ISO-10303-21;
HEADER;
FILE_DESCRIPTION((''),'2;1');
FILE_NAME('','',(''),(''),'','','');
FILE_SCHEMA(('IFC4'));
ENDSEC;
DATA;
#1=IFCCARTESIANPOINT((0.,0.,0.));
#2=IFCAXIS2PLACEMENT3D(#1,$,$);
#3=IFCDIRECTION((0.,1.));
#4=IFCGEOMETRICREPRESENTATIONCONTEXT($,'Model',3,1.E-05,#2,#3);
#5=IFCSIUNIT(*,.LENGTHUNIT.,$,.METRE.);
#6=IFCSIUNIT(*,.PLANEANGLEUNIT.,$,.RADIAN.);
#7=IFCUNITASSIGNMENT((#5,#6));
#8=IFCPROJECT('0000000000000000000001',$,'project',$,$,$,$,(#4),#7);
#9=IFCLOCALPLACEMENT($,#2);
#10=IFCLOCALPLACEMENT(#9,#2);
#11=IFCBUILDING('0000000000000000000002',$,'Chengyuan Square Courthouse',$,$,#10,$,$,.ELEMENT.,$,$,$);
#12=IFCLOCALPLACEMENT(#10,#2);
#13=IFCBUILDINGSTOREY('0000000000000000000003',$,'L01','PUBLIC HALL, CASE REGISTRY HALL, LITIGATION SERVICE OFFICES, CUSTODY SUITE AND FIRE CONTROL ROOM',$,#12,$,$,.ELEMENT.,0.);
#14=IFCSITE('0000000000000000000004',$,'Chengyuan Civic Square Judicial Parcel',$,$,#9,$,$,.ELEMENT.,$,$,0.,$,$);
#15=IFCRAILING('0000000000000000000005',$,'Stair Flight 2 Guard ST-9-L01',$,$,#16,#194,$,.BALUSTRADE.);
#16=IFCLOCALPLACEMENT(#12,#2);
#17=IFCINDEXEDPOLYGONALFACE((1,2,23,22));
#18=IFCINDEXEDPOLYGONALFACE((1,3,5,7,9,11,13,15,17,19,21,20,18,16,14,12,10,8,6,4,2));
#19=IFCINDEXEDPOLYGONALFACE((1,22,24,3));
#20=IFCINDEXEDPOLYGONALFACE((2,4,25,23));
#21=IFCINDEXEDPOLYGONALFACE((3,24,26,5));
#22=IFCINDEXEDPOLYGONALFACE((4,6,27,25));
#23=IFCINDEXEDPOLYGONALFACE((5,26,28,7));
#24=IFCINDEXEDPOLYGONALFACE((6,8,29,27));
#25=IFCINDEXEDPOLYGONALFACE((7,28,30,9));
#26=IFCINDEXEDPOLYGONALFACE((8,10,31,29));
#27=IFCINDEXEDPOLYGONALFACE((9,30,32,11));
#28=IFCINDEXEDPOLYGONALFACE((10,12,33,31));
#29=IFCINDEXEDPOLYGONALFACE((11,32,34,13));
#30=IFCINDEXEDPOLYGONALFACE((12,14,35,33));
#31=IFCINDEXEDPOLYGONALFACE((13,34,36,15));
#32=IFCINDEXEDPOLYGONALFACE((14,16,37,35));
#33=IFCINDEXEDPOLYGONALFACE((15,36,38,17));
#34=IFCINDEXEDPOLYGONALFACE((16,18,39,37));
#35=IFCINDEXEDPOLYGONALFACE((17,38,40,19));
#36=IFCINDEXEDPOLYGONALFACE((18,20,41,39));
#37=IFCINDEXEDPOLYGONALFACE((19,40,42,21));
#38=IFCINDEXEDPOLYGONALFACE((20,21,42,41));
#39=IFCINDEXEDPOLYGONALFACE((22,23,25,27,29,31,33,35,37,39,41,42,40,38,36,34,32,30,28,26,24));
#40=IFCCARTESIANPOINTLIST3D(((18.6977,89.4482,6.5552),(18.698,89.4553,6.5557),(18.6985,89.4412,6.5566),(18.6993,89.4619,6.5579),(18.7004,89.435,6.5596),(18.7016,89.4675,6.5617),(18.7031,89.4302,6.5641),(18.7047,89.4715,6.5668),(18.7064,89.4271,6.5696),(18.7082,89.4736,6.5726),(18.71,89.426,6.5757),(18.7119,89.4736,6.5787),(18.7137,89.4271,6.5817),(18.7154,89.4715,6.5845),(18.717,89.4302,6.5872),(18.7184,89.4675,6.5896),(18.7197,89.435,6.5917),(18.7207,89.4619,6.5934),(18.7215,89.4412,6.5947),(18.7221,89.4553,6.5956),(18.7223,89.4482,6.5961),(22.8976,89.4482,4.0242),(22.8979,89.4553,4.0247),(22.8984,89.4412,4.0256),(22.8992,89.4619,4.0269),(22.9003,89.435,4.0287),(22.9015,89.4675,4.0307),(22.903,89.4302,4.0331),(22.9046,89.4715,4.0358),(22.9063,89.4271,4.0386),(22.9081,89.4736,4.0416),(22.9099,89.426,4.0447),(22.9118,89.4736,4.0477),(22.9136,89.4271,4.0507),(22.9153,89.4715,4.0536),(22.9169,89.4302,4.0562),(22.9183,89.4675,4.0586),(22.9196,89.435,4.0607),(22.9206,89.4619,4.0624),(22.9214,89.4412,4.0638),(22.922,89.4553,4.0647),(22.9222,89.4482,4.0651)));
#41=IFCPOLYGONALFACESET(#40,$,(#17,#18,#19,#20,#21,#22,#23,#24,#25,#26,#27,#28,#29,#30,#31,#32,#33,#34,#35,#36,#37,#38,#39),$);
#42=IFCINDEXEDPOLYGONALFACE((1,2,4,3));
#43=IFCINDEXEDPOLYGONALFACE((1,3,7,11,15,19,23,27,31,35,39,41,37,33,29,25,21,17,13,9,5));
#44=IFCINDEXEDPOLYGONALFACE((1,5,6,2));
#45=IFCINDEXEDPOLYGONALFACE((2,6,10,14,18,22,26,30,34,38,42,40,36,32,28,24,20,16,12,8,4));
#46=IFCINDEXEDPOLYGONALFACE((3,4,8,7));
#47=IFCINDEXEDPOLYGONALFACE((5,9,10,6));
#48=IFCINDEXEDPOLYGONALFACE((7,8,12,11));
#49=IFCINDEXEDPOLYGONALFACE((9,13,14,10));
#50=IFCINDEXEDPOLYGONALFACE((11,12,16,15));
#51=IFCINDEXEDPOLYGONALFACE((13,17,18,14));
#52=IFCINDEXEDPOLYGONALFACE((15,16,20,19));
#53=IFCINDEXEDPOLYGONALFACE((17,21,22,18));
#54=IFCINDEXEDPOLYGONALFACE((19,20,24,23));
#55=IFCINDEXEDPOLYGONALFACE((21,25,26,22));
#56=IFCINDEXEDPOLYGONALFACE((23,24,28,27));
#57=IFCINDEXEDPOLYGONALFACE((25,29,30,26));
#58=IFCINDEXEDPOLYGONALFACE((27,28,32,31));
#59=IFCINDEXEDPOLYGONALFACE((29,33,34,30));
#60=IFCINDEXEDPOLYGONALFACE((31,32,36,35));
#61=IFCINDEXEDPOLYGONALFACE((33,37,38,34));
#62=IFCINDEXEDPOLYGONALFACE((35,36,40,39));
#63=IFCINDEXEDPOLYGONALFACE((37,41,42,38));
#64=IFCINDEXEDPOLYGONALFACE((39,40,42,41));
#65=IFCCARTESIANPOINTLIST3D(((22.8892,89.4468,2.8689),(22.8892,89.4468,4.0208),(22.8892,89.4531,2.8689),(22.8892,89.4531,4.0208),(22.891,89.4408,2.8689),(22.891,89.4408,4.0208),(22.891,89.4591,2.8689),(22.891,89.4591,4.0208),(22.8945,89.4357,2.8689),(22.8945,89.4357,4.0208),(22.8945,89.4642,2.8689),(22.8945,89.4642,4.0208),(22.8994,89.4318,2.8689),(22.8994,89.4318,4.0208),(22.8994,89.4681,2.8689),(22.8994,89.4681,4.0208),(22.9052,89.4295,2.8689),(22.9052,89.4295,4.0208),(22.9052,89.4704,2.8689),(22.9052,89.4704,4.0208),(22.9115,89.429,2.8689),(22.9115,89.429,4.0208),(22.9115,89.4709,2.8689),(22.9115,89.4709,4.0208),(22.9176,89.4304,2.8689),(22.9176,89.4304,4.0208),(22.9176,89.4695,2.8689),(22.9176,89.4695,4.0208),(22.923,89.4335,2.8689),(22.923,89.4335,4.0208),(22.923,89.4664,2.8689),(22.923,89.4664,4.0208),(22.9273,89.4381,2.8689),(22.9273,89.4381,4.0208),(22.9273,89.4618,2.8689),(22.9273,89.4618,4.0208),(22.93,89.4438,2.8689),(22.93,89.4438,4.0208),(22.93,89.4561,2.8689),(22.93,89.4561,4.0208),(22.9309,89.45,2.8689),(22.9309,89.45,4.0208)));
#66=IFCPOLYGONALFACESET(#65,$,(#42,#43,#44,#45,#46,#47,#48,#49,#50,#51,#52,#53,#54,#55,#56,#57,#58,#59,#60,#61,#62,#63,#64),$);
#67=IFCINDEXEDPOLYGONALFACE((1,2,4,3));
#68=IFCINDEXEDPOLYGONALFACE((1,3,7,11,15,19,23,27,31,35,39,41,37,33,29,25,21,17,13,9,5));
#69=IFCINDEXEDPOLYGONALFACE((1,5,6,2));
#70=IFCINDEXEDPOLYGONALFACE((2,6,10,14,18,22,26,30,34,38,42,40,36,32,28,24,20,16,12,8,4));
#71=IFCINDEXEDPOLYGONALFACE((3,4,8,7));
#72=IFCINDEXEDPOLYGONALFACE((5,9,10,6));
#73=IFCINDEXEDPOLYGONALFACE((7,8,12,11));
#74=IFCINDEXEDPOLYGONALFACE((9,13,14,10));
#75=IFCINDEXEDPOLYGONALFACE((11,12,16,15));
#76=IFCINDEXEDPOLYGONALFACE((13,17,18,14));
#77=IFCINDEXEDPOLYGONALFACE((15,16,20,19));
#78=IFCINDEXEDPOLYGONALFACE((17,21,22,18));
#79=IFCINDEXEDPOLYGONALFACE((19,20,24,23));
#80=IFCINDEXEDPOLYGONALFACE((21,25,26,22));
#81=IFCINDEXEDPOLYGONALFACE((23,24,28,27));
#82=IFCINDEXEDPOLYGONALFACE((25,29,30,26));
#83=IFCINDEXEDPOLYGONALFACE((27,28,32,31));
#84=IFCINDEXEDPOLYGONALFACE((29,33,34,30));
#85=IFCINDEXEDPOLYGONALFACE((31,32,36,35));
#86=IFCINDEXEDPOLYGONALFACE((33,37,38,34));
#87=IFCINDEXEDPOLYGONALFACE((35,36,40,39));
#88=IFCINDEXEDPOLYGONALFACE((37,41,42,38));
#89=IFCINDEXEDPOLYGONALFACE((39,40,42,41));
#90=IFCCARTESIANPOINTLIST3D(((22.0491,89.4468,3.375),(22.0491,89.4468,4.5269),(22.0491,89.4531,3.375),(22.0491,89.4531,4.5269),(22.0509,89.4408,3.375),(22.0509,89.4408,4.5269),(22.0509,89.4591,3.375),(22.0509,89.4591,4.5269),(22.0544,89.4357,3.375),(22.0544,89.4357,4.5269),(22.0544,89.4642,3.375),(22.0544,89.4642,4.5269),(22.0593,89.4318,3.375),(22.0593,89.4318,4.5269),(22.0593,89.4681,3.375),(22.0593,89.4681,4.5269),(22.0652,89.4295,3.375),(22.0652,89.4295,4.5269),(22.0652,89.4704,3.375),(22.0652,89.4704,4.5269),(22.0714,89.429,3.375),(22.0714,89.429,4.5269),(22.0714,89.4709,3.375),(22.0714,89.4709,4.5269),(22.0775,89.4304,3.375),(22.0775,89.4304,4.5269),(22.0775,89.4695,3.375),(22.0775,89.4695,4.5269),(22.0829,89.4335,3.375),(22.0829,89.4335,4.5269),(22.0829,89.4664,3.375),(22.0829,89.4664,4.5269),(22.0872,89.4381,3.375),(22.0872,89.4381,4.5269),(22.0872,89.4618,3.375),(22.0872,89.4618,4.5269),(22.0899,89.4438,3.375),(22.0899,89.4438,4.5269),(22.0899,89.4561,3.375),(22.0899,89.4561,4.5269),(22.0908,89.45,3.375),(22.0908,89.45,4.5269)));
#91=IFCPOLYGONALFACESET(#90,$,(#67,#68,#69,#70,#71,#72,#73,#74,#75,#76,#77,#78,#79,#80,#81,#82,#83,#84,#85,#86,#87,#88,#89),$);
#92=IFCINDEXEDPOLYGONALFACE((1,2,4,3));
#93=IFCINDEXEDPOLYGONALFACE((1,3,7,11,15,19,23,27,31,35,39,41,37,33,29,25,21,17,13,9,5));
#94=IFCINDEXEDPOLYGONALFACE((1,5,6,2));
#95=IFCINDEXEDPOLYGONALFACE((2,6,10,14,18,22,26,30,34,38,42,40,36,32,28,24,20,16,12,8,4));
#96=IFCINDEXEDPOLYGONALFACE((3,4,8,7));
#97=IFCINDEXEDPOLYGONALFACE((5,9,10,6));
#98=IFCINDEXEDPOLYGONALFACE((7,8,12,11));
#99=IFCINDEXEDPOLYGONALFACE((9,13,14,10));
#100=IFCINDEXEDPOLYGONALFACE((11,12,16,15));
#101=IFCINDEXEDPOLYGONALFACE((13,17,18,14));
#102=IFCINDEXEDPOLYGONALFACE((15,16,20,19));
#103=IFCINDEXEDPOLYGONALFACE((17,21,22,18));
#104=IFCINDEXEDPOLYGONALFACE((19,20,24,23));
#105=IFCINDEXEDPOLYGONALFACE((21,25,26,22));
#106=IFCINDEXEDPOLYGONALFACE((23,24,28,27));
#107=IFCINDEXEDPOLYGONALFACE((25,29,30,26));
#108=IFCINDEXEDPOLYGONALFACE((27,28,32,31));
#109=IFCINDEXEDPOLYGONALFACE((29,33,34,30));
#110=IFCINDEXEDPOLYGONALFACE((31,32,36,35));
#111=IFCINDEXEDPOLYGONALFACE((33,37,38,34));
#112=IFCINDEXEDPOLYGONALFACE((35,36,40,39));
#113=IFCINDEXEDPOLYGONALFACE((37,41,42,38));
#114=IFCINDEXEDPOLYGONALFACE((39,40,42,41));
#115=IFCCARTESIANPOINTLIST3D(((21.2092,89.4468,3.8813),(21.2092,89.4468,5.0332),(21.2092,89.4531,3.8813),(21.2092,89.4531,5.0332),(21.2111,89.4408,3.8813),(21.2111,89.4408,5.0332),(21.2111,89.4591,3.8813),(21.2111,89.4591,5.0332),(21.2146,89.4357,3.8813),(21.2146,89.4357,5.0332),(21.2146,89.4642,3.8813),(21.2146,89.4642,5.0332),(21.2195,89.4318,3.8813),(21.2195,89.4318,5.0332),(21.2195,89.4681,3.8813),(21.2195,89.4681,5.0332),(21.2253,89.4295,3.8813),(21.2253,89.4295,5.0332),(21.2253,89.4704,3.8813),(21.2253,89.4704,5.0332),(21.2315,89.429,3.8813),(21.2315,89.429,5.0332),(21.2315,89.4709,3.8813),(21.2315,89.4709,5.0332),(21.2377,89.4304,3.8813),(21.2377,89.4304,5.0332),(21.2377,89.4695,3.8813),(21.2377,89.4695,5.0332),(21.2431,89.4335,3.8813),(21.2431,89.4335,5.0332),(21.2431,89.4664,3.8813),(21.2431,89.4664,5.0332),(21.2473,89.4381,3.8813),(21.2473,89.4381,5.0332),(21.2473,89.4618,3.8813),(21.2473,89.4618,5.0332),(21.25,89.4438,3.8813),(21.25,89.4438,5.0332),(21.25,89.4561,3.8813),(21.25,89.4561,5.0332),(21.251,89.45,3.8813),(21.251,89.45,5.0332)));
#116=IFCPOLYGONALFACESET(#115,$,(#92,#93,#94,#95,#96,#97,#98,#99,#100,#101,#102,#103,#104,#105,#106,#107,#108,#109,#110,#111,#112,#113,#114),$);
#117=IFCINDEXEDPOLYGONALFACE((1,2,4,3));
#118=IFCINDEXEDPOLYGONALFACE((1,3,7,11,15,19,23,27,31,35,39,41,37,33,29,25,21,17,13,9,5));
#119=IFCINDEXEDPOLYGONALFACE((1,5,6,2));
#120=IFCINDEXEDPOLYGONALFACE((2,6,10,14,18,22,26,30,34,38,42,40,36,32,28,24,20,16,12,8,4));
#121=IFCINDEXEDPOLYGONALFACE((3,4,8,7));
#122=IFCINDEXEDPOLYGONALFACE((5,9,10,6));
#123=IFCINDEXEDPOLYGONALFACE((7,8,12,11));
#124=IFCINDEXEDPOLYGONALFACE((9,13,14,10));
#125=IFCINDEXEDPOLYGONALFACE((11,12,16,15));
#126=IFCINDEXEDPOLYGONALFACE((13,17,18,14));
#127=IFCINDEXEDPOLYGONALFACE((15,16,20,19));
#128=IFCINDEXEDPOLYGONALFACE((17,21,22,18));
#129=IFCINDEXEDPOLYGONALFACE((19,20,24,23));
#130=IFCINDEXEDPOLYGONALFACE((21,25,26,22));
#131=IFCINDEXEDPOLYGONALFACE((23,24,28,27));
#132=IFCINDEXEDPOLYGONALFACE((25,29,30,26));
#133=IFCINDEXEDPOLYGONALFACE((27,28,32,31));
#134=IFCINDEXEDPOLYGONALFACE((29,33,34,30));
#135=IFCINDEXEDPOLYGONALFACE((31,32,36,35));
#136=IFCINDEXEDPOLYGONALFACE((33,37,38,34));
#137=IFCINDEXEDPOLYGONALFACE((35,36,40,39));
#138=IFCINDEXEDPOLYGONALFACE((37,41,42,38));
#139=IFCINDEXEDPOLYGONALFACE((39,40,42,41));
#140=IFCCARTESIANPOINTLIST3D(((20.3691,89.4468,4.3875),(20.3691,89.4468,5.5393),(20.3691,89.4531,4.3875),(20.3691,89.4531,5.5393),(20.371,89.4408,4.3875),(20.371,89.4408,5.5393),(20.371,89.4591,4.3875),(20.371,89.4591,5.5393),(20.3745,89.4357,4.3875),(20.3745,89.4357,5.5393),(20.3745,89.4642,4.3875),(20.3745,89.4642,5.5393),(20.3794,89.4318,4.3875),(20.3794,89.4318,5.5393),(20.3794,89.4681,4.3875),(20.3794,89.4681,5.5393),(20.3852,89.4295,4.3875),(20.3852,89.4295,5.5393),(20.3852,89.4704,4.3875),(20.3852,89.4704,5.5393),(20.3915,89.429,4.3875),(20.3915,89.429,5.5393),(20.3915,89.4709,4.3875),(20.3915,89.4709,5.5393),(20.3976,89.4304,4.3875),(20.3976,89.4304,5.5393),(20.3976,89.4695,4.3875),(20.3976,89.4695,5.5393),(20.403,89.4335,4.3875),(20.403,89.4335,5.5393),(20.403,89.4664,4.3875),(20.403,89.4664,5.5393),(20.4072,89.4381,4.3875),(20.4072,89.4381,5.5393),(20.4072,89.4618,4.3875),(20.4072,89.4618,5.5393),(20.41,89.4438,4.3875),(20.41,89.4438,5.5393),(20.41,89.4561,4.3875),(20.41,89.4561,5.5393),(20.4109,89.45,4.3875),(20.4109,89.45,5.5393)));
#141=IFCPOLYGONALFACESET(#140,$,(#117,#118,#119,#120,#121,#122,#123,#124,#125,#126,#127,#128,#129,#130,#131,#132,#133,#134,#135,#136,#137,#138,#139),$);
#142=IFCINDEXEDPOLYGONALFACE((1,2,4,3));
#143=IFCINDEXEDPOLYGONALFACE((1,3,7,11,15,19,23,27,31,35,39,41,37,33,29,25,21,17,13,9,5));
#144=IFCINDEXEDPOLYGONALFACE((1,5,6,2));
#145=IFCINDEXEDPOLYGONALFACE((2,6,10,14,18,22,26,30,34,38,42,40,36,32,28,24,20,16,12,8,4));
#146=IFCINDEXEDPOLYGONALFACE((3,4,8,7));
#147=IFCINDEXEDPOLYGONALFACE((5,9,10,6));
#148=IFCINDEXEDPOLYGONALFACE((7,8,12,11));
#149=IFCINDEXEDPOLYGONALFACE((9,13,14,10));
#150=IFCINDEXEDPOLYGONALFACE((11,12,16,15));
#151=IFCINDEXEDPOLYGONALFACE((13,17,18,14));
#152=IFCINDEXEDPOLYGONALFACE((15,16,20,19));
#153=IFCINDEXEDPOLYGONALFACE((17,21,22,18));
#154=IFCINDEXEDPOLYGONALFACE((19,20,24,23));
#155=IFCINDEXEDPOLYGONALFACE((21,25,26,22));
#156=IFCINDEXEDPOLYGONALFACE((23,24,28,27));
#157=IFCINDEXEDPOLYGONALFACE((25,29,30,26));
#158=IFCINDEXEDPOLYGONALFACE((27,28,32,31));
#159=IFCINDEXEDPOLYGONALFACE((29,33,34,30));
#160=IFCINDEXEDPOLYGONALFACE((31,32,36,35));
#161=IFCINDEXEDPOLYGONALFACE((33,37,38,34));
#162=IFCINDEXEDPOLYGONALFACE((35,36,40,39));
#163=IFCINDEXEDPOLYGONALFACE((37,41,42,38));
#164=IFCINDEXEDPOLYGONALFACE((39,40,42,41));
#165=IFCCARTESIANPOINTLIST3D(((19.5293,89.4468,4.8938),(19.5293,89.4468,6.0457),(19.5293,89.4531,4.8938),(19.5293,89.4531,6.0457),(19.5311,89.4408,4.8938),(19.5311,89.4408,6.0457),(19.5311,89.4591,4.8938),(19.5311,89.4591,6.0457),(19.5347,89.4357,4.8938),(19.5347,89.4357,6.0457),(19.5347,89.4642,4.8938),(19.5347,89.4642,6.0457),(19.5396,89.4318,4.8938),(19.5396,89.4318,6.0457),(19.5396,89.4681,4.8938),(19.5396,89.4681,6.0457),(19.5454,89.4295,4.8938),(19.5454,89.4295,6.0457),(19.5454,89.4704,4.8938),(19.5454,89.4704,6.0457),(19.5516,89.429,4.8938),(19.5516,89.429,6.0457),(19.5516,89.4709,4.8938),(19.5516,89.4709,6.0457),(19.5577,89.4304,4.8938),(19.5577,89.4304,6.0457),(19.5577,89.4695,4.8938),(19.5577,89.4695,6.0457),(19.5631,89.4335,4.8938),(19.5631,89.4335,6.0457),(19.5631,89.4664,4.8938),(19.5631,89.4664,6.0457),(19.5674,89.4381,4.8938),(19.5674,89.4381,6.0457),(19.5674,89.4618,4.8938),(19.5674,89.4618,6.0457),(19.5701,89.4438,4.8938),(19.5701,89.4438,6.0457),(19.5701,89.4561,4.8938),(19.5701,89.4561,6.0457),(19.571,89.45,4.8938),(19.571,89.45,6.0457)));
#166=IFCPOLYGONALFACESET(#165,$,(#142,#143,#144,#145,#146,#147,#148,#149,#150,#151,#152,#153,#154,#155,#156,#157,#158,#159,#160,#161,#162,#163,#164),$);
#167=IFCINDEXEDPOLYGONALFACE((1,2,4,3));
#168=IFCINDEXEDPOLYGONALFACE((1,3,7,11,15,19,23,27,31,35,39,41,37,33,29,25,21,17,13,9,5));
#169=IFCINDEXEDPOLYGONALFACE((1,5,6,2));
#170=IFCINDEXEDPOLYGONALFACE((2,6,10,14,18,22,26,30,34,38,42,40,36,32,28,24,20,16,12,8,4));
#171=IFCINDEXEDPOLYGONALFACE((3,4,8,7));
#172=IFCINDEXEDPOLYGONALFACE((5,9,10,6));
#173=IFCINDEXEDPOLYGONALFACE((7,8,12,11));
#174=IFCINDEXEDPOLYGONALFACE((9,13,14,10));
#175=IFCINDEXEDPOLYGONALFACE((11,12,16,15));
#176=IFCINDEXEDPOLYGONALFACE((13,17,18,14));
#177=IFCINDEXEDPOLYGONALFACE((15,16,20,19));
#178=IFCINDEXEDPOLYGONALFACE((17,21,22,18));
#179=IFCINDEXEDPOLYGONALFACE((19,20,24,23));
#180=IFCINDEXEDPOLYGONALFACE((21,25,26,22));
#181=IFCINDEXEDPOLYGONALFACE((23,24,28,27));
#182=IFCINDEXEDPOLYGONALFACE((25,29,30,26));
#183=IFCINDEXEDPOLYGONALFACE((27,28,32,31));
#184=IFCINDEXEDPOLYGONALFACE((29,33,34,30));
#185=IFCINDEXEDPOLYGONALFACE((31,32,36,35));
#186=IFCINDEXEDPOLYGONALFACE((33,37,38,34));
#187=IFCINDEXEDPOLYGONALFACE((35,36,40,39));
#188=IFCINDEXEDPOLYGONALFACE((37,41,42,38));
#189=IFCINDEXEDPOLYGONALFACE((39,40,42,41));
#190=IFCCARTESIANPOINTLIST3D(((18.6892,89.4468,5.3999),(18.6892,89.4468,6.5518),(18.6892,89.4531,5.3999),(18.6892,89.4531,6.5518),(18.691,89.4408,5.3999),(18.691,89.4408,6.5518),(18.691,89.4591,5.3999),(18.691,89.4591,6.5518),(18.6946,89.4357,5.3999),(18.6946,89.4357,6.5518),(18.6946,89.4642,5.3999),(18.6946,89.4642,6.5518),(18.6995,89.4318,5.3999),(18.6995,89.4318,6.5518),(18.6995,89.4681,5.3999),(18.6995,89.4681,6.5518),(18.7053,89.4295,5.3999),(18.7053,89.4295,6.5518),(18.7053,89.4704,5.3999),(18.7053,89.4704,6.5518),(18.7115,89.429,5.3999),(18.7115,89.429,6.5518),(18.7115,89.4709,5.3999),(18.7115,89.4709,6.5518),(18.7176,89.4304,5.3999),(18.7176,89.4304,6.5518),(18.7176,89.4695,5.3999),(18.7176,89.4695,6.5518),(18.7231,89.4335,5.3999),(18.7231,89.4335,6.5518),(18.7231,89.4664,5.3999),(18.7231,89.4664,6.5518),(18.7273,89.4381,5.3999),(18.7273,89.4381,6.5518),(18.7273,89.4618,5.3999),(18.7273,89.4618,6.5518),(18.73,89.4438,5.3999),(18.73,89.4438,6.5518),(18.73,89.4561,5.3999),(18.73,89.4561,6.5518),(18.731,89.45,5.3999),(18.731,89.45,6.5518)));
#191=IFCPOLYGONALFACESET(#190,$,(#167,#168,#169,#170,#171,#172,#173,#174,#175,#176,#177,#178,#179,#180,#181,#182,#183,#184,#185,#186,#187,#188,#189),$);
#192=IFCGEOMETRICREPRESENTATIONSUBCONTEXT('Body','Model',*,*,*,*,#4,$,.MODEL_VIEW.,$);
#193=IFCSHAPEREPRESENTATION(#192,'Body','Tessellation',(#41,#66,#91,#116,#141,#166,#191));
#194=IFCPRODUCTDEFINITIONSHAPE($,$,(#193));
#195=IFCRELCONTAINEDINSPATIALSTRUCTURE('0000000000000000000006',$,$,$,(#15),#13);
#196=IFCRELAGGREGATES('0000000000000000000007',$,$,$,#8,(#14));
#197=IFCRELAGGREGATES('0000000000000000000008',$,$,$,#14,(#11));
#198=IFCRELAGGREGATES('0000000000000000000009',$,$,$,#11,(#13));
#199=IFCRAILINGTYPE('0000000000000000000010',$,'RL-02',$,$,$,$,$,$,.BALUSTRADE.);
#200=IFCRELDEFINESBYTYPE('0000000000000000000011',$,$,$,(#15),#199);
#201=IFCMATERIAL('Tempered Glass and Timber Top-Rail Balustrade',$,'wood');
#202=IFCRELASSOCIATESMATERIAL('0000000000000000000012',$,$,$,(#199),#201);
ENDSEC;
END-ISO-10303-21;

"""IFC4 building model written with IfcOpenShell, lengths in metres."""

from ifc_helpers import new_model, si_unit, direction, frame, origin, origin_2d, place, context, subcontext, project, spatial, circle, extrude, material, type_object, element, save


model = new_model("IFC4")

# Units and contexts
model_context = context("Model", 3, precision=1e-05, world=origin(), true_north=direction((0.0, 1.0)))
body_context = subcontext(model_context, "Body", "Model", "MODEL_VIEW")
ifc_project = project(units=[si_unit("LENGTHUNIT", "METRE"), si_unit("PLANEANGLEUNIT", "RADIAN")], contexts=[model_context])

# Site, building, storey
site_placement = place(None, origin())
site = spatial("IfcSite", under=ifc_project, at=site_placement, Name="Chengyuan Civic Square Judicial Parcel", CompositionType="ELEMENT", RefElevation=0.0)
building_placement = place(site_placement, origin())
building = spatial("IfcBuilding", under=site, at=building_placement, Name="Chengyuan Square Courthouse", CompositionType="ELEMENT")
storey_placement = place(building_placement, origin())
storey = spatial("IfcBuildingStorey", under=building, at=storey_placement, Name="L01", Description="PUBLIC HALL, CASE REGISTRY HALL, LITIGATION SERVICE OFFICES, CUSTODY SUITE AND FIRE CONTROL ROOM", CompositionType="ELEMENT", Elevation=0.0)

# Railing
ifc_material_1 = material(Name="Tempered Glass and Timber Top-Rail Balustrade", Category="wood")
railing_type_1 = type_object("IfcRailingType", Name="RL-02", PredefinedType="BALUSTRADE", material=ifc_material_1)
railing_1_placement = place(storey_placement, frame((22.9099, 89.45, 2.8689)))
element("IfcRailing", 1, at=railing_1_placement, inside=storey, type_object=railing_type_1, Name="Stair Flight 2 Guard ST-9-L01", PredefinedType="BALUSTRADE", context=body_context, shape_type="SweptSolid", body=[
    extrude(circle(Radius=0.0239, at=origin_2d()), frame((0.0, 0.0, 1.1758), z_axis=(-0.856499, 0.0, 0.51615), x_axis=(0.0, -1.0, 0.0)), (0.0, 0.0, 1.0), 4.9036),
    extrude(circle(Radius=0.021, at=origin_2d()), origin(), (0.0, 0.0, 1.0), 1.1519),
    extrude(circle(Radius=0.021, at=origin_2d()), frame((-0.8401, 0.0, 0.5061)), (0.0, 0.0, 1.0), 1.1519),
    extrude(circle(Radius=0.021, at=origin_2d()), frame((-1.6799, 0.0, 1.0125)), (0.0, 0.0, 1.0), 1.1519),
    extrude(circle(Radius=0.021, at=origin_2d()), frame((-2.52, 0.0, 1.5186)), (0.0, 0.0, 1.0), 1.1519),
    extrude(circle(Radius=0.021, at=origin_2d()), frame((-3.3599, 0.0, 2.0249)), (0.0, 0.0, 1.0), 1.1519),
    extrude(circle(Radius=0.021, at=origin_2d()), frame((-4.2, 0.0, 2.531)), (0.0, 0.0, 1.0), 1.1519),
])

save(model, "model.ifc")
